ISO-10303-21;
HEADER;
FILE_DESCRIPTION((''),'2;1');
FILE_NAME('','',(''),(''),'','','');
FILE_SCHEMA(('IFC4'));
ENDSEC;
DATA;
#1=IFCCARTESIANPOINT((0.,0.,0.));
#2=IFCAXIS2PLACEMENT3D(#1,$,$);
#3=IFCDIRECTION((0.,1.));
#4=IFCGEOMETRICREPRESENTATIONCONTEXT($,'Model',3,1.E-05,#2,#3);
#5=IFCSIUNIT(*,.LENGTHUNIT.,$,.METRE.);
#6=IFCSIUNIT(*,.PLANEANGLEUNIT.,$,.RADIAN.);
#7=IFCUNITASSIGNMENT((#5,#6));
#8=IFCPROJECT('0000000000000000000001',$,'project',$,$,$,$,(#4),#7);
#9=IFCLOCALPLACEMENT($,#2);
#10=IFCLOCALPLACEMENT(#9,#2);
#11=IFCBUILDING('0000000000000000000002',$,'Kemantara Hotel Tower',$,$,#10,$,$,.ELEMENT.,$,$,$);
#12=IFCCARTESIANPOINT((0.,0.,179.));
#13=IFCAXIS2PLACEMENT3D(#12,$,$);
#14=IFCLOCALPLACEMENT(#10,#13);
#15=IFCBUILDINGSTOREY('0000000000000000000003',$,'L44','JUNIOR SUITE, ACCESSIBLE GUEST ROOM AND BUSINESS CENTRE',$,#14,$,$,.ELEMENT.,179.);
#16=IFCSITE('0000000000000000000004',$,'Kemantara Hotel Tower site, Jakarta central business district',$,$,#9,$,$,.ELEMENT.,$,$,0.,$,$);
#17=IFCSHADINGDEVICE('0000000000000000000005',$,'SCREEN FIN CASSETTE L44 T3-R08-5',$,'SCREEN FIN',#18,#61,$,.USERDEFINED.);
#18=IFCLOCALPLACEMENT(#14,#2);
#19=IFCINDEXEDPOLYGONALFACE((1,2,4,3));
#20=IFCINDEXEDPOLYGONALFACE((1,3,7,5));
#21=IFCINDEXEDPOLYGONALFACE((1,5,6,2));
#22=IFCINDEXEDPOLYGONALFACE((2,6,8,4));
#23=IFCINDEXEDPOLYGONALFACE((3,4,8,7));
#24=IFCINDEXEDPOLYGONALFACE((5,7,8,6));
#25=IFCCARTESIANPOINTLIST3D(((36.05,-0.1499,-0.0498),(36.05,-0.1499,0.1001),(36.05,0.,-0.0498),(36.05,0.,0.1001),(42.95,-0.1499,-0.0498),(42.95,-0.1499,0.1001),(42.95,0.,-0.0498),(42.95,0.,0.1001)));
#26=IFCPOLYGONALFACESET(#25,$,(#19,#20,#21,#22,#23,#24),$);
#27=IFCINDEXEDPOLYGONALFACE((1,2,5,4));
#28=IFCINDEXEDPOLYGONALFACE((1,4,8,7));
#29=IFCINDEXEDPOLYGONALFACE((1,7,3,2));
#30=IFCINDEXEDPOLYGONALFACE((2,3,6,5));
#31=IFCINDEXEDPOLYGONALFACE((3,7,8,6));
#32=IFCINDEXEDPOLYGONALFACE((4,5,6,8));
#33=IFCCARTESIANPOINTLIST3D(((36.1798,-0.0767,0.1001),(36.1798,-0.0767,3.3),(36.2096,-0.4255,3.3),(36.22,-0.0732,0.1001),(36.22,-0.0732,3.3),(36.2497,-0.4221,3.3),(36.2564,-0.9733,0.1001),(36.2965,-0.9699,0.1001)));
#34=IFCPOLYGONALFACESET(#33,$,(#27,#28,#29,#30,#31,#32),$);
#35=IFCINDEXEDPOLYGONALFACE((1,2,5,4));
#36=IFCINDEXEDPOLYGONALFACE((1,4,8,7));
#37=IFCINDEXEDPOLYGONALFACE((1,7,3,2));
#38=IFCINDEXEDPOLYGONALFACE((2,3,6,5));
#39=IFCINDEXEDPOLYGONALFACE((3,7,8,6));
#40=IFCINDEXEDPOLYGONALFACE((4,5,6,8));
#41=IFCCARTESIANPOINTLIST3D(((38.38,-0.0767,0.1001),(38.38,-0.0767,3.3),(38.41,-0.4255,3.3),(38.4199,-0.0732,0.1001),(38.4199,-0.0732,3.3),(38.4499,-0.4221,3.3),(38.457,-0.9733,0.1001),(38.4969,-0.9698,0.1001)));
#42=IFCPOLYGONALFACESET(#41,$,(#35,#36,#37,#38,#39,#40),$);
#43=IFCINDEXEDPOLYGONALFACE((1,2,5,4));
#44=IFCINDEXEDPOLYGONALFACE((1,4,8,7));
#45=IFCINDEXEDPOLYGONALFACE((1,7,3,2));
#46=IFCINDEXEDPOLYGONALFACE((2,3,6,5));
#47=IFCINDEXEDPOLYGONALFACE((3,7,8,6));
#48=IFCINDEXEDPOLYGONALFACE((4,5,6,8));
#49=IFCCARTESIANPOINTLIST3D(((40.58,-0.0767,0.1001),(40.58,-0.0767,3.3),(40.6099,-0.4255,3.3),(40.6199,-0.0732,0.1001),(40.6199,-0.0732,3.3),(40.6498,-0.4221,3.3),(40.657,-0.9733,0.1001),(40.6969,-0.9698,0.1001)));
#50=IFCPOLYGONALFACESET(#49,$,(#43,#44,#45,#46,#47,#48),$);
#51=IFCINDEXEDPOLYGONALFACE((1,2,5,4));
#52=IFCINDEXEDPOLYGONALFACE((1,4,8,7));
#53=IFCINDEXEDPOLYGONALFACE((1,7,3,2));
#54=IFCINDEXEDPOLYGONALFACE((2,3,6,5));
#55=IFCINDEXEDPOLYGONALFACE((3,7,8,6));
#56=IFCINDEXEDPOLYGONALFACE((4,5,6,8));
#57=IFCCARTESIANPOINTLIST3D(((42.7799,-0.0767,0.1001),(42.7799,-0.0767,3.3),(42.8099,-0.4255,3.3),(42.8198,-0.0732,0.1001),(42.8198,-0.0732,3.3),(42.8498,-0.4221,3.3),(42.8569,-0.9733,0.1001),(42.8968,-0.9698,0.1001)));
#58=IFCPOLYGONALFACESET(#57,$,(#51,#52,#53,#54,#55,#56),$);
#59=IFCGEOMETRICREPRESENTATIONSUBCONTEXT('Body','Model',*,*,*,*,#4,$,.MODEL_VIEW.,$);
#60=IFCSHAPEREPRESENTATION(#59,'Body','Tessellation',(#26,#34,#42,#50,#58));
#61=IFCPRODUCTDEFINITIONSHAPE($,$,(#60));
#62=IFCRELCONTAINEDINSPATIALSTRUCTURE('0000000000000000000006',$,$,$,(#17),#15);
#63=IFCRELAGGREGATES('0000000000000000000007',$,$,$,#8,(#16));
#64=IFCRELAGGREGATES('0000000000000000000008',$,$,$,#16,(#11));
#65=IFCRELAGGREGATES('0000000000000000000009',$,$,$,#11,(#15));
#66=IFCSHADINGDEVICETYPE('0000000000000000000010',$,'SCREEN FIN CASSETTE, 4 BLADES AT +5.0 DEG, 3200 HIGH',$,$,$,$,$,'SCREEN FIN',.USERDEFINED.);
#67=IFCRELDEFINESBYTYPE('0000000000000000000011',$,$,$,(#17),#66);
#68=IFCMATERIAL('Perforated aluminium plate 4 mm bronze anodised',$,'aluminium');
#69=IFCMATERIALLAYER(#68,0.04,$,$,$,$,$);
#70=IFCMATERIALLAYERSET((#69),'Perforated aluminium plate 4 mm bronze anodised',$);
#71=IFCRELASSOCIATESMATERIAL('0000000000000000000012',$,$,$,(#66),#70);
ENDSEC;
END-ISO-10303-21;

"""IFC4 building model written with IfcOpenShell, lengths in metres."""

from ifc_helpers import new_model, si_unit, direction, frame, origin, origin_2d, place, context, subcontext, project, spatial, polyline, rectangle, outline, extrude, source, transform, mapped, material, layer, layer_set, type_object, element, save


model = new_model("IFC4")

# Units and contexts
model_context = context("Model", 3, precision=1e-05, world=origin(), true_north=direction((0.0, 1.0)))
body_context = subcontext(model_context, "Body", "Model", "MODEL_VIEW")
ifc_project = project(units=[si_unit("LENGTHUNIT", "METRE"), si_unit("PLANEANGLEUNIT", "RADIAN")], contexts=[model_context])

# Site, building, storey
site_placement = place(None, origin())
site = spatial("IfcSite", under=ifc_project, at=site_placement, Name="Kemantara Hotel Tower site, Jakarta central business district", CompositionType="ELEMENT", RefElevation=0.0)
building_placement = place(site_placement, origin())
building = spatial("IfcBuilding", under=site, at=building_placement, Name="Kemantara Hotel Tower", CompositionType="ELEMENT")
storey_placement = place(building_placement, frame((0.0, 0.0, 179.0)))
storey = spatial("IfcBuildingStorey", under=building, at=storey_placement, Name="L44", Description="JUNIOR SUITE, ACCESSIBLE GUEST ROOM AND BUSINESS CENTRE", CompositionType="ELEMENT", Elevation=179.0)

# Shading device
ifc_material_1 = material(Name="Perforated aluminium plate 4 mm bronze anodised", Category="aluminium")
ifc_layer_1 = layer(ifc_material_1, 0.04)
ifc_layer_set_1 = layer_set([ifc_layer_1], Name="Perforated aluminium plate 4 mm bronze anodised")
shading_device_type_1 = type_object("IfcShadingDeviceType", Name="SCREEN FIN CASSETTE, 4 BLADES AT +5.0 DEG, 3200 HIGH", ElementType="SCREEN FIN", PredefinedType="USERDEFINED", material=ifc_layer_set_1)
shared_shape_1 = source(origin(), body_context, "Body", "SweptSolid", [
    extrude(rectangle(XDim=6.8999, YDim=0.1499, at=origin_2d()), frame((3.3, -0.075, -0.1499), z_axis=(0.0, 0.0, 1.0), x_axis=(1.0, 0.0, 0.0)), (0.0, 0.0, 1.0), 0.1499),
    extrude(outline(polyline([(0.0, 0.0), (0.8999, 0.0), (0.3501, 3.2), (0.0, 3.2), (0.0, 0.0)])), frame((0.02, -0.0732, 0.0), z_axis=(-0.996376, -0.085056, 0.0), x_axis=(0.085056, -0.996376, 0.0)), (0.0, 0.0, 1.0), 0.0403),
    extrude(outline(polyline([(0.0, 0.0), (0.8999, 0.0), (0.3501, 3.2), (0.0, 3.2), (0.0, 0.0)])), frame((2.22, -0.0732, 0.0), z_axis=(-0.996332, -0.085575, 0.0), x_axis=(0.085575, -0.996332, 0.0)), (0.0, 0.0, 1.0), 0.04),
    extrude(outline(polyline([(0.0, 0.0), (0.8999, 0.0), (0.3501, 3.2), (0.0, 3.2), (0.0, 0.0)])), frame((4.4199, -0.0732, 0.0), z_axis=(-0.996332, -0.085575, 0.0), x_axis=(0.085575, -0.996332, 0.0)), (0.0, 0.0, 1.0), 0.04),
    extrude(outline(polyline([(0.0, 0.0), (0.8999, 0.0), (0.3501, 3.2), (0.0, 3.2), (0.0, 0.0)])), frame((6.6199, -0.0732, 0.0), z_axis=(-0.996332, -0.085575, 0.0), x_axis=(0.085575, -0.996332, 0.0)), (0.0, 0.0, 1.0), 0.04),
])
shading_device_1_placement = place(storey_placement, frame((36.2, 0.0, 0.1001), z_axis=(0.0, 0.0, 1.0), x_axis=(1.0, 0.0, 0.0)))
element("IfcShadingDevice", 1, at=shading_device_1_placement, inside=storey, type_object=shading_device_type_1, Name="SCREEN FIN CASSETTE L44 T3-R08-5", ObjectType="SCREEN FIN", PredefinedType="USERDEFINED", context=body_context, shape_type="MappedRepresentation", body=[
    mapped(shared_shape_1, transform((0.0, 0.0, 0.0))),
])

save(model, "model.ifc")
